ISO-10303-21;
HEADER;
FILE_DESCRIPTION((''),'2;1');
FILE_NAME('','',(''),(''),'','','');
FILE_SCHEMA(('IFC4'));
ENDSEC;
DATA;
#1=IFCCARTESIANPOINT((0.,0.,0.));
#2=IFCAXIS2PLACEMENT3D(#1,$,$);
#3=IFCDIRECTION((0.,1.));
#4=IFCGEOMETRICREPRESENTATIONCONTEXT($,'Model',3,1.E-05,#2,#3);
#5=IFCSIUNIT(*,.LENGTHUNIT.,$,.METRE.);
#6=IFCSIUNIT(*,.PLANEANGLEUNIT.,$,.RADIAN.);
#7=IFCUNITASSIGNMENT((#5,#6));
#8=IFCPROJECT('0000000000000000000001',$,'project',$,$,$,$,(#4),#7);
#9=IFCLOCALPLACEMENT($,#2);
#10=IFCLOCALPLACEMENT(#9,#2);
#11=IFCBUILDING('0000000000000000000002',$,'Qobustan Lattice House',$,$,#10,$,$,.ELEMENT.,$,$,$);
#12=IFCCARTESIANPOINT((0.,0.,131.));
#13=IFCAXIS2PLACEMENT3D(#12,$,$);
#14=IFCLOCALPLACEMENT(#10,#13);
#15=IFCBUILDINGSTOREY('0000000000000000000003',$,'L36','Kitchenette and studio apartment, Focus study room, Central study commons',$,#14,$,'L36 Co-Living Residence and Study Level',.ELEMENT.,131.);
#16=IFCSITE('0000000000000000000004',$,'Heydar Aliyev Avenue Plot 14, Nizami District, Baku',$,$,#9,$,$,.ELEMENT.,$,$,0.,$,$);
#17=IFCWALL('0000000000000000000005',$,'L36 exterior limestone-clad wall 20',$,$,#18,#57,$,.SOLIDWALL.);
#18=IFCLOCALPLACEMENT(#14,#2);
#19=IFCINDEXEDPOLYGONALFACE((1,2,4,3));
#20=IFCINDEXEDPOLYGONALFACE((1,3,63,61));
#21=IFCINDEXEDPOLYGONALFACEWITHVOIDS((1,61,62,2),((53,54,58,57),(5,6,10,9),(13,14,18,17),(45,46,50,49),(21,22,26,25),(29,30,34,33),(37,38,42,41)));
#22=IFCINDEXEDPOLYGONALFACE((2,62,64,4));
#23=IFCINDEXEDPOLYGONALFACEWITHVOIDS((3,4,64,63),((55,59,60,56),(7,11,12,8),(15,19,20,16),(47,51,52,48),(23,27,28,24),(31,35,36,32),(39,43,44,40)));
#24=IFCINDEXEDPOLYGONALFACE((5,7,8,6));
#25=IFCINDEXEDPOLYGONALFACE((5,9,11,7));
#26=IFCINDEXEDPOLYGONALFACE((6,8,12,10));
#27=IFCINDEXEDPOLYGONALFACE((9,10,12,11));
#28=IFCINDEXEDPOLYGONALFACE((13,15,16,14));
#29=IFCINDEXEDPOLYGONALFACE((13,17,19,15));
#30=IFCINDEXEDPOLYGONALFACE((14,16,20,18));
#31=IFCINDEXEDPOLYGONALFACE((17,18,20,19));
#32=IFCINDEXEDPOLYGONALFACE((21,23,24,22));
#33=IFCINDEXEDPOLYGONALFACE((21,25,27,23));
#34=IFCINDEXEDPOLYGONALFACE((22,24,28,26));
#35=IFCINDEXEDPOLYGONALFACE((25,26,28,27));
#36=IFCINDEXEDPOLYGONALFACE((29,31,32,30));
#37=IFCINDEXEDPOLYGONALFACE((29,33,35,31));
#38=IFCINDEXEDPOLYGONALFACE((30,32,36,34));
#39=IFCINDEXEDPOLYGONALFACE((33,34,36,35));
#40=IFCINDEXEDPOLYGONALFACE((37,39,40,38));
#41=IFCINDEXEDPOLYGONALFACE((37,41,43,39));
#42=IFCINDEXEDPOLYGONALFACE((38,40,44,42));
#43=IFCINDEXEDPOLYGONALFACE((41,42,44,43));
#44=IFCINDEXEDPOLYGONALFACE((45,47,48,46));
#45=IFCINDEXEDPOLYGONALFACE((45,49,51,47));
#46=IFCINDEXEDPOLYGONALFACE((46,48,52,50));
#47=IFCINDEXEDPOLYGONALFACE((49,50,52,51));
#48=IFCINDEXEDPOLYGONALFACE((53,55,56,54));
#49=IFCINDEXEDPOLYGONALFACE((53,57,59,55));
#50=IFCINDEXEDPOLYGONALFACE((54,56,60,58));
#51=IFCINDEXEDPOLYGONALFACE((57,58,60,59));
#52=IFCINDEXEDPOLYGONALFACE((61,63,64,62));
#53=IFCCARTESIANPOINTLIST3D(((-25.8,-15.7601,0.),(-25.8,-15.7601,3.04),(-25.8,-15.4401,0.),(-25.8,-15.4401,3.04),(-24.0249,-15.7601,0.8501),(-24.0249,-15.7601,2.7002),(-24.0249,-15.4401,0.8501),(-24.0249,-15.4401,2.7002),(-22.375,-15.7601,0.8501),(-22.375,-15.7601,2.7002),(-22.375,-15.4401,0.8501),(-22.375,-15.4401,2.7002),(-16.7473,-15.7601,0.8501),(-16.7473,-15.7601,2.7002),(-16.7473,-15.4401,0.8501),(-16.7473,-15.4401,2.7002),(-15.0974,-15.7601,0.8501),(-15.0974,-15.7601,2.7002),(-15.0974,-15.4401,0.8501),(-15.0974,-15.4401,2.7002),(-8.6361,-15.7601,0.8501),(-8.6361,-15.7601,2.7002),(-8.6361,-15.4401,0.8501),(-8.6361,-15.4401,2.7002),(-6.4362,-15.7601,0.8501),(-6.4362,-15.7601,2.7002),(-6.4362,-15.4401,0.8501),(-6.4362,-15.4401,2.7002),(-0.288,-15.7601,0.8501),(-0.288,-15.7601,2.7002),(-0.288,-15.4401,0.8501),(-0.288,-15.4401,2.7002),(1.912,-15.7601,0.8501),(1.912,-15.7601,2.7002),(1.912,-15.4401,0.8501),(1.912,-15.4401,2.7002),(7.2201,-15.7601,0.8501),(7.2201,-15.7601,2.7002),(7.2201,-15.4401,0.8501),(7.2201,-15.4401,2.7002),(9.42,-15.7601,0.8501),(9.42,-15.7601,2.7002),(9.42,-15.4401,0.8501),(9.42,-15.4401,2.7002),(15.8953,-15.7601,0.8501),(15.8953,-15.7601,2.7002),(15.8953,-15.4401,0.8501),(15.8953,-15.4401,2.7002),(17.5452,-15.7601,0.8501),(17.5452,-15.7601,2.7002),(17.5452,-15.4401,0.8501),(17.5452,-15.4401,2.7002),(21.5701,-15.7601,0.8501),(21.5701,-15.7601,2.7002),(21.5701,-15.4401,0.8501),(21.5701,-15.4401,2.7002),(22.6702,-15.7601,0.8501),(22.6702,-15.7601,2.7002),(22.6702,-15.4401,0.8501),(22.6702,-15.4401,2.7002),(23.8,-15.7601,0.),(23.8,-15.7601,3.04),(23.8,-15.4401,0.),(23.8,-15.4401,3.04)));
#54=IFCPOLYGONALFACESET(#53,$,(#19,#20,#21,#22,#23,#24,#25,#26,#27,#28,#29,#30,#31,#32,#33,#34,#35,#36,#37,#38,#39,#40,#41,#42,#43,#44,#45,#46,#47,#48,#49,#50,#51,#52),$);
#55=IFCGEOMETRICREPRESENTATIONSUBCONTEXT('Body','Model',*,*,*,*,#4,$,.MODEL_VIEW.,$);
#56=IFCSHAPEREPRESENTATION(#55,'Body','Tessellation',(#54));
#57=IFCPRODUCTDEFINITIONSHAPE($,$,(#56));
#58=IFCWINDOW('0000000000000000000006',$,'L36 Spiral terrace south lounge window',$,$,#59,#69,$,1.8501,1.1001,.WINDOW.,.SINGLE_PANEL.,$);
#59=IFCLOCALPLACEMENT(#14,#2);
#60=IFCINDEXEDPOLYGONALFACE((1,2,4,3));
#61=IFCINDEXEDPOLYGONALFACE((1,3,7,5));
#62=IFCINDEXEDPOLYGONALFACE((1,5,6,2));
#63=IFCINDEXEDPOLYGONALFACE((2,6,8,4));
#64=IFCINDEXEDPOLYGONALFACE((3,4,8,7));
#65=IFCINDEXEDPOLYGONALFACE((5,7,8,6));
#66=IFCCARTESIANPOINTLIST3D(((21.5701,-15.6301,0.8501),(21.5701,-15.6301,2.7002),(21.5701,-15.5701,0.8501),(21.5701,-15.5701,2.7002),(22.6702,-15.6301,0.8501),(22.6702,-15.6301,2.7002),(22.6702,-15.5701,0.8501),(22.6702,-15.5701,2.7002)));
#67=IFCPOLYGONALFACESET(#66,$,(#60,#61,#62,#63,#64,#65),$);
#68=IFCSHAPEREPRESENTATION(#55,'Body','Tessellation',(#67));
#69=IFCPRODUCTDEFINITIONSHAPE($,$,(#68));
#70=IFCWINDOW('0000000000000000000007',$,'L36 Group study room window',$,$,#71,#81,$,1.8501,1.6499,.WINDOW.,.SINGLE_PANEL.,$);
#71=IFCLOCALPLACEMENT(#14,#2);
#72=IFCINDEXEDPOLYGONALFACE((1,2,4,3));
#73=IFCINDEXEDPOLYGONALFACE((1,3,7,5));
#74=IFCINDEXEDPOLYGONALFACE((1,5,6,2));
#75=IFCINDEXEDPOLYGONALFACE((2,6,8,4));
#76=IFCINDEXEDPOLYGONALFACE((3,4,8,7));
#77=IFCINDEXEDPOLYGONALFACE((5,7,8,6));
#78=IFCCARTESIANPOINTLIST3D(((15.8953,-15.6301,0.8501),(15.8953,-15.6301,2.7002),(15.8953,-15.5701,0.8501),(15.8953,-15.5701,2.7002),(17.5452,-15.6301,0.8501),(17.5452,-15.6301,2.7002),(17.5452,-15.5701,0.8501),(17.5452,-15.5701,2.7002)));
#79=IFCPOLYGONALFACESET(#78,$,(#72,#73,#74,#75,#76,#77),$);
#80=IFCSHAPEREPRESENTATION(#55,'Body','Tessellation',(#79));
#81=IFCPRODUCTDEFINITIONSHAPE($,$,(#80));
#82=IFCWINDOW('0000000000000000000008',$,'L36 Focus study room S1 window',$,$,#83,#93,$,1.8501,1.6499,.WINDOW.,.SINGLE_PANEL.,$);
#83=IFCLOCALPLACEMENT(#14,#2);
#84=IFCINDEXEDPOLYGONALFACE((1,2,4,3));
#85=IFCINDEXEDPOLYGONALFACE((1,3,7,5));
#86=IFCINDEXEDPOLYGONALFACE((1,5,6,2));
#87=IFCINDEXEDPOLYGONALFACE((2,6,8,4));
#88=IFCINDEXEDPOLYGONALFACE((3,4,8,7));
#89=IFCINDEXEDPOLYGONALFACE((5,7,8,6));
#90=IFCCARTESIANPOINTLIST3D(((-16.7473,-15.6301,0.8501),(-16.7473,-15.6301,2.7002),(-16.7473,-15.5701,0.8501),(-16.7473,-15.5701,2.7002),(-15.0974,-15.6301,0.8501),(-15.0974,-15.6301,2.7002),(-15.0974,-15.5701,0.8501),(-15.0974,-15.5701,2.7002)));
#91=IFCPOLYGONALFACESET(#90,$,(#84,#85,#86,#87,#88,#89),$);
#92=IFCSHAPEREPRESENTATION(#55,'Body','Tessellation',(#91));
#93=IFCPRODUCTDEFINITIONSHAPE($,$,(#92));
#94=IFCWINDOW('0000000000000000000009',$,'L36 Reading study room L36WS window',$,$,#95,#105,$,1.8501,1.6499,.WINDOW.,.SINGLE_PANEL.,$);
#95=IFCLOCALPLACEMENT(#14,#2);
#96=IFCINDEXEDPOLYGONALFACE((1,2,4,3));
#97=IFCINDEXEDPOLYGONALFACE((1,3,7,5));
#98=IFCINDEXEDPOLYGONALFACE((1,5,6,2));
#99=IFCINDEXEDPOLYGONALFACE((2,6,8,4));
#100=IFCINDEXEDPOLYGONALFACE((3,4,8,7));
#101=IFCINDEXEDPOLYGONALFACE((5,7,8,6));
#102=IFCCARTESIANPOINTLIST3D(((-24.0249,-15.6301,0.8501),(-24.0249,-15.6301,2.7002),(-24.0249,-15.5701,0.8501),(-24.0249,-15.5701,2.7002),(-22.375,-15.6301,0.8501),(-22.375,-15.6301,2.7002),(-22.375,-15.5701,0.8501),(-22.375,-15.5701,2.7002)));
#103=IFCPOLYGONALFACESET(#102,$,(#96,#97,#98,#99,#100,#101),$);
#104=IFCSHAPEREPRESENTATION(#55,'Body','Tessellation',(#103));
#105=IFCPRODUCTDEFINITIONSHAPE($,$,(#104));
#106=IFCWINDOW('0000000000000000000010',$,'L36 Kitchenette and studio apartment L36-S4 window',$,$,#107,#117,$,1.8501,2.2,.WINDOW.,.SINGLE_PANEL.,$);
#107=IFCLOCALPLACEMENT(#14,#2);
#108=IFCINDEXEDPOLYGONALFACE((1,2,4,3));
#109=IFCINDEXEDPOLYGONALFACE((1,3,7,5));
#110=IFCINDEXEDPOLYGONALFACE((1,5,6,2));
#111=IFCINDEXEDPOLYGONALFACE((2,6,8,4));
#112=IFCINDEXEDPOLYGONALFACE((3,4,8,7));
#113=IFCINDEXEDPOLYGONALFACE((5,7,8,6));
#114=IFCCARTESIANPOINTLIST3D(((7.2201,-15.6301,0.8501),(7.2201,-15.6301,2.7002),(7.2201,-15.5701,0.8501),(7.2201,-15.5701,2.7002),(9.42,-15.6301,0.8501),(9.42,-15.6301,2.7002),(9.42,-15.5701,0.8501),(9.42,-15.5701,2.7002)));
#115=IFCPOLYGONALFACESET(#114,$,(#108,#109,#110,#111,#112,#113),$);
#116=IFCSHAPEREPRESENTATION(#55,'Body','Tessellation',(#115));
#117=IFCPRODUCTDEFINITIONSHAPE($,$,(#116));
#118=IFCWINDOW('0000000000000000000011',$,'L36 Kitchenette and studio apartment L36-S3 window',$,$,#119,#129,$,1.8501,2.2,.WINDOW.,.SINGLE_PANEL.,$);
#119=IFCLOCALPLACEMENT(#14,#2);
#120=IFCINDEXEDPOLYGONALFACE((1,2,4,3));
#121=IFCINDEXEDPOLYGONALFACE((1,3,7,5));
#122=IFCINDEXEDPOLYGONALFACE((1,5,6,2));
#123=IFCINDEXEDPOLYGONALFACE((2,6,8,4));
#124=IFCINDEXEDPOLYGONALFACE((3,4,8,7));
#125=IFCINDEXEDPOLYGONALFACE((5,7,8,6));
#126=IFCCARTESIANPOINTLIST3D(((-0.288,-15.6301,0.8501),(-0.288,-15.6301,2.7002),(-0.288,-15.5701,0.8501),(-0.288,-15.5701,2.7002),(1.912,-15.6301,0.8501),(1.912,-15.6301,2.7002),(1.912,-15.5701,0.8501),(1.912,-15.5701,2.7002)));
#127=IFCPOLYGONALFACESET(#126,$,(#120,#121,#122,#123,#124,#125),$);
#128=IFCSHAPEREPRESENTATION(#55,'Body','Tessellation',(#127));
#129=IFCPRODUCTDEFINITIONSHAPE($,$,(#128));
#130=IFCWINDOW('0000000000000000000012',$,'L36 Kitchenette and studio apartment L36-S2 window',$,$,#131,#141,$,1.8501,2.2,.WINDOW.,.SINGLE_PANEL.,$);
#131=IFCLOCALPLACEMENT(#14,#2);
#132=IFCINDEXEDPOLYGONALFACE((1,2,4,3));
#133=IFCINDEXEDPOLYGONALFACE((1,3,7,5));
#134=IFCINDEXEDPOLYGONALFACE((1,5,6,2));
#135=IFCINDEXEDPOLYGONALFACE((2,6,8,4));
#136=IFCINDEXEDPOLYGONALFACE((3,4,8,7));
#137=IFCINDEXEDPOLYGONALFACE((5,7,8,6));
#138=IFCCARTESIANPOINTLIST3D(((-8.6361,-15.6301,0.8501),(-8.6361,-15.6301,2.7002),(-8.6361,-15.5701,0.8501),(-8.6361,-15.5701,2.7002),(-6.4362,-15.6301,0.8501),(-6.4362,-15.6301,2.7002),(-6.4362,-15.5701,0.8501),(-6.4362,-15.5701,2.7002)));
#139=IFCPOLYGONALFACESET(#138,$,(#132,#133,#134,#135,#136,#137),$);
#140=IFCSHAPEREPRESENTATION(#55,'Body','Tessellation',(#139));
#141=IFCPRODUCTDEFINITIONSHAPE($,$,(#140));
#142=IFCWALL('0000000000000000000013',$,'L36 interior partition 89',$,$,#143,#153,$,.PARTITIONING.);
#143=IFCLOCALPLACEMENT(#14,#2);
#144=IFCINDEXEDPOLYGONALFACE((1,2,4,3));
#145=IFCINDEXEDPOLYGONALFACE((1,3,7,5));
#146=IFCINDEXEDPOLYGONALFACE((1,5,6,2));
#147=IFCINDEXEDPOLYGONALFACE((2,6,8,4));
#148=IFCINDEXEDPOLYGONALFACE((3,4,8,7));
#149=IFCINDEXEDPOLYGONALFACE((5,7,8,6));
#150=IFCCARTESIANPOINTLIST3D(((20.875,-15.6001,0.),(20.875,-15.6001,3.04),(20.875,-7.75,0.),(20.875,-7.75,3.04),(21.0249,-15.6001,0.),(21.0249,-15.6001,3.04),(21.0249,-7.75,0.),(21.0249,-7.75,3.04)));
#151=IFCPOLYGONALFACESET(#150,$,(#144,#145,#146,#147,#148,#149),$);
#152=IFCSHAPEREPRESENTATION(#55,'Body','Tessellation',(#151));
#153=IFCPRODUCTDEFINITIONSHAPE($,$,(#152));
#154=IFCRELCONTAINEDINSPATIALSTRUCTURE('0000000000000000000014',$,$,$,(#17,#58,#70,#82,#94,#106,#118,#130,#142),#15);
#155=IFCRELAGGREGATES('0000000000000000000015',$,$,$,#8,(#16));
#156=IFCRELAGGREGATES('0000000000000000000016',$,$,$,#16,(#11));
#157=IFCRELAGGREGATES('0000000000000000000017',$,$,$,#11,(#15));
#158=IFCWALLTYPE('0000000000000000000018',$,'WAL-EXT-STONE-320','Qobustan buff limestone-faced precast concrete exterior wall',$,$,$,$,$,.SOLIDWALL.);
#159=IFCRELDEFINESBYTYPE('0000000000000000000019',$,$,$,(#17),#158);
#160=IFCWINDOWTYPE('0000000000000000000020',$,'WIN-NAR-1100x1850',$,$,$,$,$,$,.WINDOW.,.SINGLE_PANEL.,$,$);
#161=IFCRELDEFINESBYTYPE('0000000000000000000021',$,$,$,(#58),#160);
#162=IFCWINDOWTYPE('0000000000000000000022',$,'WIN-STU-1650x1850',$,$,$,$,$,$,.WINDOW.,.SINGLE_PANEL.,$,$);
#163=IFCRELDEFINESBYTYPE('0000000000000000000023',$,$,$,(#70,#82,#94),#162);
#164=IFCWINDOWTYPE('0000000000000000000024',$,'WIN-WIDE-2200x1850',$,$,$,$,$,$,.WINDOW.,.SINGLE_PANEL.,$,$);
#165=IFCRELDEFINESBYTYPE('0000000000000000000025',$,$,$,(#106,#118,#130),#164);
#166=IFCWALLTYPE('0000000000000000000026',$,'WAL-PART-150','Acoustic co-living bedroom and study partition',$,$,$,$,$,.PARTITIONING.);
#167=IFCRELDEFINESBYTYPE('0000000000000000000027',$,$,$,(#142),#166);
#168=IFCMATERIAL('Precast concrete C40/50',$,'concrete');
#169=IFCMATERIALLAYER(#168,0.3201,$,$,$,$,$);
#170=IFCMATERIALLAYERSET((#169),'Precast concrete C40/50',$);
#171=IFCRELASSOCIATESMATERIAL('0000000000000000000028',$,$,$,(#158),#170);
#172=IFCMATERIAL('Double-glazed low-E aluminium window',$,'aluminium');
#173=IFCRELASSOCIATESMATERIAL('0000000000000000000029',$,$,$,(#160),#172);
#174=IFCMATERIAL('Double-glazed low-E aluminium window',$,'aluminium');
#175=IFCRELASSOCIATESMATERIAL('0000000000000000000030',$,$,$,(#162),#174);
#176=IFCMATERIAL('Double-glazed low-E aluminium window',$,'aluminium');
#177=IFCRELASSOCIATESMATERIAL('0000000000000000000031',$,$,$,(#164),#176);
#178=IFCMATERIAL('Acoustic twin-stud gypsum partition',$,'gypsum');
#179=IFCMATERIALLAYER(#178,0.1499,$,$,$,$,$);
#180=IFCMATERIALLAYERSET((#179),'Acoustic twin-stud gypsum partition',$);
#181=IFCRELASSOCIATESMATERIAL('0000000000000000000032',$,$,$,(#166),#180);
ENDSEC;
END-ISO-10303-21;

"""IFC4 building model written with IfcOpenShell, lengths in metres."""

from ifc_helpers import new_model, si_unit, direction, frame, frame_2d, origin, place, context, subcontext, project, spatial, rectangle, extrude, material, layer, layer_set, type_object, element, fill, save


model = new_model("IFC4")

# Units and contexts
model_context = context("Model", 3, precision=1e-05, world=origin(), true_north=direction((0.0, 1.0)))
body_context = subcontext(model_context, "Body", "Model", "MODEL_VIEW")
ifc_project = project(units=[si_unit("LENGTHUNIT", "METRE"), si_unit("PLANEANGLEUNIT", "RADIAN")], contexts=[model_context])

# Site, building, storey
site_placement = place(None, origin())
site = spatial("IfcSite", under=ifc_project, at=site_placement, Name="Heydar Aliyev Avenue Plot 14, Nizami District, Baku", CompositionType="ELEMENT", RefElevation=0.0)
building_placement = place(site_placement, origin())
building = spatial("IfcBuilding", under=site, at=building_placement, Name="Qobustan Lattice House", CompositionType="ELEMENT")
storey_placement = place(building_placement, frame((0.0, 0.0, 131.0)))
storey = spatial("IfcBuildingStorey", under=building, at=storey_placement, Name="L36", Description="Kitchenette and studio apartment, Focus study room, Central study commons", LongName="L36 Co-Living Residence and Study Level", CompositionType="ELEMENT", Elevation=131.0)

# Shared definitions
ifc_material_1 = material(Name="Precast concrete C40/50", Category="concrete")
ifc_layer_1 = layer(ifc_material_1, 0.3201)
ifc_layer_set_1 = layer_set([ifc_layer_1], Name="Precast concrete C40/50")
wall_type_1 = type_object("IfcWallType", Name="WAL-EXT-STONE-320", Description="Qobustan buff limestone-faced precast concrete exterior wall", PredefinedType="SOLIDWALL", material=ifc_layer_set_1)

# Wall, openings, windows
wall_1_placement = place(storey_placement, frame((23.8, -15.6001, 0.0), z_axis=(0.0, 0.0, 1.0), x_axis=(-1.0, 0.0, 0.0)))
wall_1 = element("IfcWall", 1, at=wall_1_placement, inside=storey, type_object=wall_type_1, Name="L36 exterior limestone-clad wall 20", PredefinedType="SOLIDWALL", context=body_context, shape_type="SweptSolid", body=[
    extrude(rectangle(XDim=49.6001, YDim=0.3201, at=frame_2d((24.8, 0.0))), origin(), (0.0, 0.0, 1.0), 3.04),
])
opening_1_placement = place(wall_1_placement, frame((1.1299, 0.0, 0.8501)))
opening_1 = element("IfcOpeningElement", 2, at=opening_1_placement, cuts=wall_1, PredefinedType="OPENING", context=body_context, shape_type="SweptSolid", body=[
    extrude(rectangle(XDim=1.1001, YDim=1.8501, at=frame_2d((0.55, 0.925))), frame((0.0, 0.1699, 0.0), z_axis=(0.0, -1.0, 0.0), x_axis=(1.0, 0.0, 0.0)), (0.0, 0.0, 1.0), 0.3401),
])
opening_2_placement = place(wall_1_placement, frame((6.2549, 0.0, 0.8501)))
opening_2 = element("IfcOpeningElement", 3, at=opening_2_placement, cuts=wall_1, PredefinedType="OPENING", context=body_context, shape_type="SweptSolid", body=[
    extrude(rectangle(XDim=1.6499, YDim=1.8501, at=frame_2d((0.825, 0.925))), frame((0.0, 0.1699, 0.0), z_axis=(0.0, -1.0, 0.0), x_axis=(1.0, 0.0, 0.0)), (0.0, 0.0, 1.0), 0.3401),
])
opening_3_placement = place(wall_1_placement, frame((14.3799, 0.0, 0.8501)))
opening_3 = element("IfcOpeningElement", 4, at=opening_3_placement, cuts=wall_1, PredefinedType="OPENING", context=body_context, shape_type="SweptSolid", body=[
    extrude(rectangle(XDim=2.2, YDim=1.8501, at=frame_2d((1.1001, 0.925))), frame((0.0, 0.1699, 0.0), z_axis=(0.0, -1.0, 0.0), x_axis=(1.0, 0.0, 0.0)), (0.0, 0.0, 1.0), 0.3401),
])
opening_4_placement = place(wall_1_placement, frame((21.8879, 0.0, 0.8501)))
opening_4 = element("IfcOpeningElement", 5, at=opening_4_placement, cuts=wall_1, PredefinedType="OPENING", context=body_context, shape_type="SweptSolid", body=[
    extrude(rectangle(XDim=2.2, YDim=1.8501, at=frame_2d((1.1001, 0.925))), frame((0.0, 0.1699, 0.0), z_axis=(0.0, -1.0, 0.0), x_axis=(1.0, 0.0, 0.0)), (0.0, 0.0, 1.0), 0.3401),
])
opening_5_placement = place(wall_1_placement, frame((30.2361, 0.0, 0.8501)))
opening_5 = element("IfcOpeningElement", 6, at=opening_5_placement, cuts=wall_1, PredefinedType="OPENING", context=body_context, shape_type="SweptSolid", body=[
    extrude(rectangle(XDim=2.2, YDim=1.8501, at=frame_2d((1.1001, 0.925))), frame((0.0, 0.1699, 0.0), z_axis=(0.0, -1.0, 0.0), x_axis=(1.0, 0.0, 0.0)), (0.0, 0.0, 1.0), 0.3401),
])
opening_6_placement = place(wall_1_placement, frame((38.8975, 0.0, 0.8501)))
opening_6 = element("IfcOpeningElement", 7, at=opening_6_placement, cuts=wall_1, PredefinedType="OPENING", context=body_context, shape_type="SweptSolid", body=[
    extrude(rectangle(XDim=1.6499, YDim=1.8501, at=frame_2d((0.825, 0.925))), frame((0.0, 0.1699, 0.0), z_axis=(0.0, -1.0, 0.0), x_axis=(1.0, 0.0, 0.0)), (0.0, 0.0, 1.0), 0.3401),
])
opening_7_placement = place(wall_1_placement, frame((46.175, 0.0, 0.8501)))
opening_7 = element("IfcOpeningElement", 8, at=opening_7_placement, cuts=wall_1, PredefinedType="OPENING", context=body_context, shape_type="SweptSolid", body=[
    extrude(rectangle(XDim=1.6499, YDim=1.8501, at=frame_2d((0.825, 0.925))), frame((0.0, 0.1699, 0.0), z_axis=(0.0, -1.0, 0.0), x_axis=(1.0, 0.0, 0.0)), (0.0, 0.0, 1.0), 0.3401),
])
ifc_material_2 = material(Name="Double-glazed low-E aluminium window", Category="aluminium")
window_type_1 = type_object("IfcWindowType", Name="WIN-NAR-1100x1850", PartitioningType="SINGLE_PANEL", PredefinedType="WINDOW", material=ifc_material_2)
window_1_placement = place(opening_1_placement, origin())
window_1 = element("IfcWindow", 9, at=window_1_placement, inside=storey, type_object=window_type_1, Name="L36 Spiral terrace south lounge window", OverallHeight=1.8501, OverallWidth=1.1001, PartitioningType="SINGLE_PANEL", PredefinedType="WINDOW", context=body_context, shape_type="SweptSolid", body=[
    extrude(rectangle(XDim=1.1001, YDim=1.8501, at=frame_2d((0.55, 0.925))), frame((0.0, 0.03, 0.0), z_axis=(0.0, -1.0, 0.0), x_axis=(1.0, 0.0, 0.0)), (0.0, 0.0, 1.0), 0.0601),
])
fill(opening_1, window_1)
ifc_material_3 = material(Name="Double-glazed low-E aluminium window", Category="aluminium")
window_type_2 = type_object("IfcWindowType", Name="WIN-STU-1650x1850", PartitioningType="SINGLE_PANEL", PredefinedType="WINDOW", material=ifc_material_3)
window_2_placement = place(opening_2_placement, origin())
window_2 = element("IfcWindow", 10, at=window_2_placement, inside=storey, type_object=window_type_2, Name="L36 Group study room window", OverallHeight=1.8501, OverallWidth=1.6499, PartitioningType="SINGLE_PANEL", PredefinedType="WINDOW", context=body_context, shape_type="SweptSolid", body=[
    extrude(rectangle(XDim=1.6499, YDim=1.8501, at=frame_2d((0.825, 0.925))), frame((0.0, 0.03, 0.0), z_axis=(0.0, -1.0, 0.0), x_axis=(1.0, 0.0, 0.0)), (0.0, 0.0, 1.0), 0.0601),
])
fill(opening_2, window_2)
window_3_placement = place(opening_6_placement, origin())
window_3 = element("IfcWindow", 11, at=window_3_placement, inside=storey, type_object=window_type_2, Name="L36 Focus study room S1 window", OverallHeight=1.8501, OverallWidth=1.6499, PartitioningType="SINGLE_PANEL", PredefinedType="WINDOW", context=body_context, shape_type="SweptSolid", body=[
    extrude(rectangle(XDim=1.6499, YDim=1.8501, at=frame_2d((0.825, 0.925))), frame((0.0, 0.03, 0.0), z_axis=(0.0, -1.0, 0.0), x_axis=(1.0, 0.0, 0.0)), (0.0, 0.0, 1.0), 0.0601),
])
fill(opening_6, window_3)
window_4_placement = place(opening_7_placement, origin())
window_4 = element("IfcWindow", 12, at=window_4_placement, inside=storey, type_object=window_type_2, Name="L36 Reading study room L36WS window", OverallHeight=1.8501, OverallWidth=1.6499, PartitioningType="SINGLE_PANEL", PredefinedType="WINDOW", context=body_context, shape_type="SweptSolid", body=[
    extrude(rectangle(XDim=1.6499, YDim=1.8501, at=frame_2d((0.825, 0.925))), frame((0.0, 0.03, 0.0), z_axis=(0.0, -1.0, 0.0), x_axis=(1.0, 0.0, 0.0)), (0.0, 0.0, 1.0), 0.0601),
])
fill(opening_7, window_4)
ifc_material_4 = material(Name="Double-glazed low-E aluminium window", Category="aluminium")
window_type_3 = type_object("IfcWindowType", Name="WIN-WIDE-2200x1850", PartitioningType="SINGLE_PANEL", PredefinedType="WINDOW", material=ifc_material_4)
window_5_placement = place(opening_3_placement, origin())
window_5 = element("IfcWindow", 13, at=window_5_placement, inside=storey, type_object=window_type_3, Name="L36 Kitchenette and studio apartment L36-S4 window", OverallHeight=1.8501, OverallWidth=2.2, PartitioningType="SINGLE_PANEL", PredefinedType="WINDOW", context=body_context, shape_type="SweptSolid", body=[
    extrude(rectangle(XDim=2.2, YDim=1.8501, at=frame_2d((1.1001, 0.925))), frame((0.0, 0.03, 0.0), z_axis=(0.0, -1.0, 0.0), x_axis=(1.0, 0.0, 0.0)), (0.0, 0.0, 1.0), 0.0601),
])
fill(opening_3, window_5)
window_6_placement = place(opening_4_placement, origin())
window_6 = element("IfcWindow", 14, at=window_6_placement, inside=storey, type_object=window_type_3, Name="L36 Kitchenette and studio apartment L36-S3 window", OverallHeight=1.8501, OverallWidth=2.2, PartitioningType="SINGLE_PANEL", PredefinedType="WINDOW", context=body_context, shape_type="SweptSolid", body=[
    extrude(rectangle(XDim=2.2, YDim=1.8501, at=frame_2d((1.1001, 0.925))), frame((0.0, 0.03, 0.0), z_axis=(0.0, -1.0, 0.0), x_axis=(1.0, 0.0, 0.0)), (0.0, 0.0, 1.0), 0.0601),
])
fill(opening_4, window_6)
window_7_placement = place(opening_5_placement, origin())
window_7 = element("IfcWindow", 15, at=window_7_placement, inside=storey, type_object=window_type_3, Name="L36 Kitchenette and studio apartment L36-S2 window", OverallHeight=1.8501, OverallWidth=2.2, PartitioningType="SINGLE_PANEL", PredefinedType="WINDOW", context=body_context, shape_type="SweptSolid", body=[
    extrude(rectangle(XDim=2.2, YDim=1.8501, at=frame_2d((1.1001, 0.925))), frame((0.0, 0.03, 0.0), z_axis=(0.0, -1.0, 0.0), x_axis=(1.0, 0.0, 0.0)), (0.0, 0.0, 1.0), 0.0601),
])
fill(opening_5, window_7)

# Wall
ifc_material_5 = material(Name="Acoustic twin-stud gypsum partition", Category="gypsum")
ifc_layer_2 = layer(ifc_material_5, 0.1499)
ifc_layer_set_2 = layer_set([ifc_layer_2], Name="Acoustic twin-stud gypsum partition")
wall_type_2 = type_object("IfcWallType", Name="WAL-PART-150", Description="Acoustic co-living bedroom and study partition", PredefinedType="PARTITIONING", material=ifc_layer_set_2)
wall_2_placement = place(storey_placement, frame((20.95, -15.6001, 0.0), z_axis=(0.0, 0.0, 1.0), x_axis=(0.0, 1.0, 0.0)))
element("IfcWall", 16, at=wall_2_placement, inside=storey, type_object=wall_type_2, Name="L36 interior partition 89", PredefinedType="PARTITIONING", context=body_context, shape_type="SweptSolid", body=[
    extrude(rectangle(XDim=7.8501, YDim=0.1499, at=frame_2d((3.925, 0.0))), origin(), (0.0, 0.0, 1.0), 3.04),
])

save(model, "model.ifc")
